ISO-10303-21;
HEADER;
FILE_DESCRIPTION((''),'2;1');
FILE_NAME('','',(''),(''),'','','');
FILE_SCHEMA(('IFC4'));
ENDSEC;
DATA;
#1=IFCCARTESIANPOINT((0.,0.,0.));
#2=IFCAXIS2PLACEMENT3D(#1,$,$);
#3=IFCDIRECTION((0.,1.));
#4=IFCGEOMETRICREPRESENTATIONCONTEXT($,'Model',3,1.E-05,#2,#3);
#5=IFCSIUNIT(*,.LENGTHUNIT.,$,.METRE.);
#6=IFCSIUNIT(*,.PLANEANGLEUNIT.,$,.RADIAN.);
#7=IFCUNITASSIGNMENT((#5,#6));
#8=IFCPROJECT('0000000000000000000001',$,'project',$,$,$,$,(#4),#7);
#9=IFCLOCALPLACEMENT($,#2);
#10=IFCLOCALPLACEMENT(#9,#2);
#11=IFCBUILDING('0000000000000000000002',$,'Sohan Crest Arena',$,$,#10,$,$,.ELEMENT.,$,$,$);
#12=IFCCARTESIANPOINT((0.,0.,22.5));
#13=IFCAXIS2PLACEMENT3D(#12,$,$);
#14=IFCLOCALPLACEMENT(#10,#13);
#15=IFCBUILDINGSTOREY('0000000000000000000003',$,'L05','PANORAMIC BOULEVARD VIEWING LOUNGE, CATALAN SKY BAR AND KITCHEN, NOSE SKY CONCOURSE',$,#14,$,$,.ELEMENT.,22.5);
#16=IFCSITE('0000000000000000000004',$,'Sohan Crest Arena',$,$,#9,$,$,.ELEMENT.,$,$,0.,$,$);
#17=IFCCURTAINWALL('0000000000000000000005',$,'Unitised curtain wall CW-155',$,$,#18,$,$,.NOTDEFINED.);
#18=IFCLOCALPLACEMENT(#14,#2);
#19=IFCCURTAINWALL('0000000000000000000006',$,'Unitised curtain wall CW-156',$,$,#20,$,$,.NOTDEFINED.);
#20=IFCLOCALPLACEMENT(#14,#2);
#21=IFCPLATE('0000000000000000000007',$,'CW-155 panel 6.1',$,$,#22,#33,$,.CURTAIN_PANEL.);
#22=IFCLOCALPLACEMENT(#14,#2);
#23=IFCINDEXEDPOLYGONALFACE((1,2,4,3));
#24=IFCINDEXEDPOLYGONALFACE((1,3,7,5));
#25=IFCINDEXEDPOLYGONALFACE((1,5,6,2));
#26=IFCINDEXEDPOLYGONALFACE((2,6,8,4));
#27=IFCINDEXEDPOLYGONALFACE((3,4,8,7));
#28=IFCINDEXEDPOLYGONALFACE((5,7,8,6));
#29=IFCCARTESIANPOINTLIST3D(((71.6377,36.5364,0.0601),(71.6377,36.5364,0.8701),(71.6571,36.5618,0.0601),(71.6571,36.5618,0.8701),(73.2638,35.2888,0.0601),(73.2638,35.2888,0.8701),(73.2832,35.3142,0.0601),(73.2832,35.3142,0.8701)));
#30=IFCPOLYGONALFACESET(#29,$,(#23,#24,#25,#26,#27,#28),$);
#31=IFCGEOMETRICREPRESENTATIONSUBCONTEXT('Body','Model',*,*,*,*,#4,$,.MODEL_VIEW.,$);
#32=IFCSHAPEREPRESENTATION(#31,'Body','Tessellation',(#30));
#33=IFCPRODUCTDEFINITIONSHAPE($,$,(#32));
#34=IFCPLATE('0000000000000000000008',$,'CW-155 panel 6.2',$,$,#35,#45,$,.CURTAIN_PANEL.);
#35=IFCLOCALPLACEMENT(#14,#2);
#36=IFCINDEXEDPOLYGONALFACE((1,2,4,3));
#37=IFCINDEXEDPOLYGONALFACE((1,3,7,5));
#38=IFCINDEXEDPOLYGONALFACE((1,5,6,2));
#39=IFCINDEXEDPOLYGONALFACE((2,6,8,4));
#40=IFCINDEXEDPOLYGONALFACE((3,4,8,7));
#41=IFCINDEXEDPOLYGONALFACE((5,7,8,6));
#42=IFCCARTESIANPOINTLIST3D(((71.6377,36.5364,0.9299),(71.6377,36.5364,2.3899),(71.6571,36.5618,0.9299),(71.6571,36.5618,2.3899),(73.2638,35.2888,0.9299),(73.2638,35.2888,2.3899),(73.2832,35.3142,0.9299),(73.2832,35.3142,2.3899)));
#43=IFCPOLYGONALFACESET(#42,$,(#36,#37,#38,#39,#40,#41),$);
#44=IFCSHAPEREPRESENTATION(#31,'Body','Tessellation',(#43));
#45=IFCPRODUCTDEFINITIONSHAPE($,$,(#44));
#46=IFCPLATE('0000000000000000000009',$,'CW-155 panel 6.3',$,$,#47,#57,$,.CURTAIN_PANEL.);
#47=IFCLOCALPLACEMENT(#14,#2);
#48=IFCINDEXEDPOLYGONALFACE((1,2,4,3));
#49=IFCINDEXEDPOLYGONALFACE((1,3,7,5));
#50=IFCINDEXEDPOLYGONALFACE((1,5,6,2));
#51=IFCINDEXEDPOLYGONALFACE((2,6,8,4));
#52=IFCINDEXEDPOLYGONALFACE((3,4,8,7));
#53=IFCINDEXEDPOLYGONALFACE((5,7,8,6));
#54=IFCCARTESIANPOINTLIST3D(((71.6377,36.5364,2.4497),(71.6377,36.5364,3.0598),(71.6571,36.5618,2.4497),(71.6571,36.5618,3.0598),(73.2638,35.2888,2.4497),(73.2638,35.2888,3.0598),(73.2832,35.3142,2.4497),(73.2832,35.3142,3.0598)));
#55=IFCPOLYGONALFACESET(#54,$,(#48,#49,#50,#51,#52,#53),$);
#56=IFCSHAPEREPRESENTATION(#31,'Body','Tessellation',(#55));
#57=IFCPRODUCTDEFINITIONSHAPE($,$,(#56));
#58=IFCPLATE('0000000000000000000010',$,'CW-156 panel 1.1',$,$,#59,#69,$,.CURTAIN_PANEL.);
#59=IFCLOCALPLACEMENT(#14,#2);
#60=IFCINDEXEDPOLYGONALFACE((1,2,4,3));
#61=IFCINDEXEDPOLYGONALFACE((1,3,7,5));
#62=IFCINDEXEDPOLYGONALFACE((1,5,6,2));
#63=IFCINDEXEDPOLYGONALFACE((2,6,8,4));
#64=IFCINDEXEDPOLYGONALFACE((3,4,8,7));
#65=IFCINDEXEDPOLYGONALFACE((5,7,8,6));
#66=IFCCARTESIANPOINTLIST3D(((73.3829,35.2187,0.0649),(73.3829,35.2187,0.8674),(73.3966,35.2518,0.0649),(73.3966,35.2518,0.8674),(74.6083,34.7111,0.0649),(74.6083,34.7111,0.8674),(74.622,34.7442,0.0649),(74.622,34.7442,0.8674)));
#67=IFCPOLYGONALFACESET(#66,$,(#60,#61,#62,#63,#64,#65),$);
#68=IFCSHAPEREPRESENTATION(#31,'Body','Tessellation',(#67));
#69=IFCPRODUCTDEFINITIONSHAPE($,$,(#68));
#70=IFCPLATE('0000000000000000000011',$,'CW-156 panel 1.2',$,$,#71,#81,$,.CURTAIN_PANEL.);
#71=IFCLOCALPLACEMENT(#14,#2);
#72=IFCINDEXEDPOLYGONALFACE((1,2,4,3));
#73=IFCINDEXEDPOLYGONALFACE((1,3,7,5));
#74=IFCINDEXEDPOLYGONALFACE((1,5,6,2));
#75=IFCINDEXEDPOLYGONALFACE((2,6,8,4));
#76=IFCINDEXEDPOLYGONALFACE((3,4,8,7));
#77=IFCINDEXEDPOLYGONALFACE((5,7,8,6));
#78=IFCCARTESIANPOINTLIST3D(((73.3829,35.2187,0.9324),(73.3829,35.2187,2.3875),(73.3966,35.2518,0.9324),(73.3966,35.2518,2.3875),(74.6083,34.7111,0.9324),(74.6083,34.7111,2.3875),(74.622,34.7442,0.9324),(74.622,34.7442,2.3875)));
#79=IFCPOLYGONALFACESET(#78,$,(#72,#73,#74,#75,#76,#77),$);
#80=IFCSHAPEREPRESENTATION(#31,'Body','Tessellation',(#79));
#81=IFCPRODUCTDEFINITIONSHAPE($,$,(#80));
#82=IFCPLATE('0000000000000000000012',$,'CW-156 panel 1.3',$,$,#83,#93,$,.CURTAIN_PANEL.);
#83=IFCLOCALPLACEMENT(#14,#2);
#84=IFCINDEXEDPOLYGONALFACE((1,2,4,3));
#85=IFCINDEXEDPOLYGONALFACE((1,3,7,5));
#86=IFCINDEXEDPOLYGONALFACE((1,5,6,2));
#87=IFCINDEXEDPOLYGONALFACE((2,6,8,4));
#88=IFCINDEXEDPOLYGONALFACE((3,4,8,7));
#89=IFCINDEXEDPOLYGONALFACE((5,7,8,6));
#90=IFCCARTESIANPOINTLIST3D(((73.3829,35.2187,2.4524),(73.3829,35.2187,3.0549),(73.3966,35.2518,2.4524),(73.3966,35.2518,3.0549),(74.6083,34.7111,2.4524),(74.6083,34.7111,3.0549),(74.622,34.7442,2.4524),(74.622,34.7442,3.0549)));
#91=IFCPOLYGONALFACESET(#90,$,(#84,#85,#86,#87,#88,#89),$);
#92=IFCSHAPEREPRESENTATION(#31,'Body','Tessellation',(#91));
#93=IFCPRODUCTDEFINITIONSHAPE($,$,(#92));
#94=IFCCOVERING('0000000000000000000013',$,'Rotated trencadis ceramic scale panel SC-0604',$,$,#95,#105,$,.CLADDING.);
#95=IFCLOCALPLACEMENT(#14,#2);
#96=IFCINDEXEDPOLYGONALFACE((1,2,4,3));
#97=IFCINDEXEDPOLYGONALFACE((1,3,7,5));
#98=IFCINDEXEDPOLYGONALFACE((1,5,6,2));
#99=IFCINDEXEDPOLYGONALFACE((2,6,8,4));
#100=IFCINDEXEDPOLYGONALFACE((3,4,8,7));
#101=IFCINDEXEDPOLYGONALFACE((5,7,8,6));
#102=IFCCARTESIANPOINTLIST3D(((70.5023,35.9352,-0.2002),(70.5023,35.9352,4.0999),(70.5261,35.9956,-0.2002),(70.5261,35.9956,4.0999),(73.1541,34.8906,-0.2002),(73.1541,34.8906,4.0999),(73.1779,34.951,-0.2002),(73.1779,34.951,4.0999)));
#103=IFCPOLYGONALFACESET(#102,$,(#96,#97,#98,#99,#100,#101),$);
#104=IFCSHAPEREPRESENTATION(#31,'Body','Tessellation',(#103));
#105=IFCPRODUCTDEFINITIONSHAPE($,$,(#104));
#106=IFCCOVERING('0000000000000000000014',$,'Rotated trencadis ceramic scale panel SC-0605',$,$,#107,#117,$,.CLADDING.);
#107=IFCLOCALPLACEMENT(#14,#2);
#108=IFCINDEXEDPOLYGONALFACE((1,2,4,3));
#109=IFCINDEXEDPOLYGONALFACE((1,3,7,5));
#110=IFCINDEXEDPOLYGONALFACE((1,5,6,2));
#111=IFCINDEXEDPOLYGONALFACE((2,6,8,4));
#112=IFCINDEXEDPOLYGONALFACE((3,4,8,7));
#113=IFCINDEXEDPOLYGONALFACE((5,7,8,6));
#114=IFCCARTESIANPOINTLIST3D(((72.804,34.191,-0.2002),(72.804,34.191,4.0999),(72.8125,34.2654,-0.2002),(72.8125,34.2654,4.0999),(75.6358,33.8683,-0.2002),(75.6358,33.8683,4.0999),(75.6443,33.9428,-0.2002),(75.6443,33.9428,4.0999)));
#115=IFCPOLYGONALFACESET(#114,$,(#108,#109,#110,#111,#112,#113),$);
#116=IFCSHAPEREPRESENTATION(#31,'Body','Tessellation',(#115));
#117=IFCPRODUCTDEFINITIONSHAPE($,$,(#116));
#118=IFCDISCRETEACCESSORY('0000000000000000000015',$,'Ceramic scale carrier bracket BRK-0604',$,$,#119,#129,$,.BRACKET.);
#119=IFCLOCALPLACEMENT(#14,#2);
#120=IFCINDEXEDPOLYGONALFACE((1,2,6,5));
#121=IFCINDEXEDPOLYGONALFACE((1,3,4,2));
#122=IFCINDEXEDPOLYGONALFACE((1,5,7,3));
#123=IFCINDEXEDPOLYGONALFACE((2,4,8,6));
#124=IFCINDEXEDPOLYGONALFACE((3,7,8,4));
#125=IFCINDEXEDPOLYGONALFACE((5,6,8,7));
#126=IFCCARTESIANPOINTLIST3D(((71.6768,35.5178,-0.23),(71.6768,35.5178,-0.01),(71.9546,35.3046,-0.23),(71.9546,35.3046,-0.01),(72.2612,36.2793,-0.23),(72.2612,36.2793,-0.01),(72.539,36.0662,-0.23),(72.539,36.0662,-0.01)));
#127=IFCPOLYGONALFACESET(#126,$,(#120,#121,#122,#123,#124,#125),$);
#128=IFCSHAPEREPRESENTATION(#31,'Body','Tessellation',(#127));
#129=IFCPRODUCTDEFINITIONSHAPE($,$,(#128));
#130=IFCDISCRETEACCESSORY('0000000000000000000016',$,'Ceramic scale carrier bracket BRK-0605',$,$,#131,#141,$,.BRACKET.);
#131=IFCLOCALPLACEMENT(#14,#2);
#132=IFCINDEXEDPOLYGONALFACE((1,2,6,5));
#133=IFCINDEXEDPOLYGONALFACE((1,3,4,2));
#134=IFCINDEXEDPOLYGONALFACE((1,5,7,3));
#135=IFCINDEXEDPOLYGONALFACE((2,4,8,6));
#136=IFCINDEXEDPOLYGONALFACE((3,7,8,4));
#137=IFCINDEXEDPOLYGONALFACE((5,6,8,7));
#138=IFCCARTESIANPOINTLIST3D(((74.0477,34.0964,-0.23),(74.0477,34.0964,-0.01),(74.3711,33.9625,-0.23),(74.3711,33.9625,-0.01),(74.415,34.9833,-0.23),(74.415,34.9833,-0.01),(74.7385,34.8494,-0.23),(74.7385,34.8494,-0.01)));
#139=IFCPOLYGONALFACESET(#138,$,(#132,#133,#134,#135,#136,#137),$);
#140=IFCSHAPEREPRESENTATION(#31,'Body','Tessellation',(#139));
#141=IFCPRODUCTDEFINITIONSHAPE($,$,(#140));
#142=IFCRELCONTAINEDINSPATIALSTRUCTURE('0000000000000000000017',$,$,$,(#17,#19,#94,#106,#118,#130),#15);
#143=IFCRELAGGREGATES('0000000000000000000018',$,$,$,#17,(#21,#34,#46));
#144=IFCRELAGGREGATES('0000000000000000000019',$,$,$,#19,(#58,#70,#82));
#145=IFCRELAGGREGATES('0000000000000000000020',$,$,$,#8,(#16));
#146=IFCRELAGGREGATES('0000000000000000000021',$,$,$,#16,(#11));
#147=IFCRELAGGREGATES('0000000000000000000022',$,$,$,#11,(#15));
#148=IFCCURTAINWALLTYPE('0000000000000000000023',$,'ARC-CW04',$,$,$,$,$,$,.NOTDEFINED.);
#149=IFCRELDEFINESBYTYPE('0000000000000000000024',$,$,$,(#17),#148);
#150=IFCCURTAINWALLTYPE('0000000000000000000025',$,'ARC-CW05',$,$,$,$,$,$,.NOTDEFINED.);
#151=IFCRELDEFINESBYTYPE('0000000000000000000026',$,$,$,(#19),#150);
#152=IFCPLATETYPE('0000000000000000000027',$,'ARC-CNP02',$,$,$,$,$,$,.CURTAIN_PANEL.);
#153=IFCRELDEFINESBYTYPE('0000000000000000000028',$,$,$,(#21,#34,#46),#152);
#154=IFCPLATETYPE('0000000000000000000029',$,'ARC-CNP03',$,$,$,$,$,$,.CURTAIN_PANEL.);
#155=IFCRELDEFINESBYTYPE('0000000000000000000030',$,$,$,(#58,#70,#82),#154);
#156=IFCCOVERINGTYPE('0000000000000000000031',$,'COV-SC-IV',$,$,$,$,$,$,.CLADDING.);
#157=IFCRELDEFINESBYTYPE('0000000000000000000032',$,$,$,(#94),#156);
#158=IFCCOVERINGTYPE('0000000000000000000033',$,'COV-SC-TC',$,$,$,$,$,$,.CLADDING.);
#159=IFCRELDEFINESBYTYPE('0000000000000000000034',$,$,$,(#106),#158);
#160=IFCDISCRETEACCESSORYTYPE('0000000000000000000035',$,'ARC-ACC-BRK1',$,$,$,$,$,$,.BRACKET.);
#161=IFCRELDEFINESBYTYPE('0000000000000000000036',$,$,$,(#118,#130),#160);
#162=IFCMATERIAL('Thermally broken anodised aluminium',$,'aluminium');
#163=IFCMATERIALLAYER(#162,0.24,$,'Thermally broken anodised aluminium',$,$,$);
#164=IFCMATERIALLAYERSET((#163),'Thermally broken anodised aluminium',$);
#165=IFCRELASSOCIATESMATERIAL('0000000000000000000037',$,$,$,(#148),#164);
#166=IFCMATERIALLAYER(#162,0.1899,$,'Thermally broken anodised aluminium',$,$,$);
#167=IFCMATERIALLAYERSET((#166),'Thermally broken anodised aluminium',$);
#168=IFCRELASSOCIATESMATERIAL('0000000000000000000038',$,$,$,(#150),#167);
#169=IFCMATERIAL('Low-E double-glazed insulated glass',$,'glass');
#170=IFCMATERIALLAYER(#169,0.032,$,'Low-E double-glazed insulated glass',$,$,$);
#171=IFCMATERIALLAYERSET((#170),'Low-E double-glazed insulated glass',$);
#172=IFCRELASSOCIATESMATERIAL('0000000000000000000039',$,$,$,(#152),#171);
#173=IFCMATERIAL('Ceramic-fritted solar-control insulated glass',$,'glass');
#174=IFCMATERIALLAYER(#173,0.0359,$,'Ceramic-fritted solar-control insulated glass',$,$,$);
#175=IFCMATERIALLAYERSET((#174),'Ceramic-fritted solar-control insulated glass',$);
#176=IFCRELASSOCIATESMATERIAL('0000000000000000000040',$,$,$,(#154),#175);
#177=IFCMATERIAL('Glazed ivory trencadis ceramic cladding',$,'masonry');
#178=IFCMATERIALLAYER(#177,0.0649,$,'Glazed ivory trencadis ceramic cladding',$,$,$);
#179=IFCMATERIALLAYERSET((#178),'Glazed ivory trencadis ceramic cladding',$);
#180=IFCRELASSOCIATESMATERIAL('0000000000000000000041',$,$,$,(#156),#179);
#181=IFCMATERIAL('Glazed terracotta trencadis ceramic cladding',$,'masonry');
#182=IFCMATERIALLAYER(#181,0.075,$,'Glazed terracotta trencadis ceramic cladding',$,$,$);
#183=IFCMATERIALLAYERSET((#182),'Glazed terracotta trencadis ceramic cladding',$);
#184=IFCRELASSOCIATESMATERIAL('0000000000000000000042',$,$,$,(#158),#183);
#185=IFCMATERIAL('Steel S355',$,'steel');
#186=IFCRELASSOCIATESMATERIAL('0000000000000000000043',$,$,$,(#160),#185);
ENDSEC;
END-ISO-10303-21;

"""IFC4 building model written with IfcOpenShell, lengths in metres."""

from ifc_helpers import new_model, si_unit, direction, frame, origin, origin_2d, place, context, subcontext, project, spatial, rectangle, extrude, material, layer, layer_set, type_object, element, aggregate, save


model = new_model("IFC4")

# Units and contexts
model_context = context("Model", 3, precision=1e-05, world=origin(), true_north=direction((0.0, 1.0)))
body_context = subcontext(model_context, "Body", "Model", "MODEL_VIEW")
ifc_project = project(units=[si_unit("LENGTHUNIT", "METRE"), si_unit("PLANEANGLEUNIT", "RADIAN")], contexts=[model_context])

# Site, building, storey
site_placement = place(None, origin())
site = spatial("IfcSite", under=ifc_project, at=site_placement, Name="Sohan Crest Arena", CompositionType="ELEMENT", RefElevation=0.0)
building_placement = place(site_placement, origin())
building = spatial("IfcBuilding", under=site, at=building_placement, Name="Sohan Crest Arena", CompositionType="ELEMENT")
storey_placement = place(building_placement, frame((0.0, 0.0, 22.5)))
storey = spatial("IfcBuildingStorey", under=building, at=storey_placement, Name="L05", Description="PANORAMIC BOULEVARD VIEWING LOUNGE, CATALAN SKY BAR AND KITCHEN, NOSE SKY CONCOURSE", CompositionType="ELEMENT", Elevation=22.5)

# Shared definitions
ifc_material_1 = material(Name="Steel S355", Category="steel")

# Curtain wall
ifc_material_2 = material(Name="Thermally broken anodised aluminium", Category="aluminium")
ifc_layer_1 = layer(ifc_material_2, 0.24, Name="Thermally broken anodised aluminium")
ifc_layer_set_1 = layer_set([ifc_layer_1], Name="Thermally broken anodised aluminium")
curtain_wall_type_1 = type_object("IfcCurtainWallType", Name="ARC-CW04", PredefinedType="NOTDEFINED", material=ifc_layer_set_1)
curtain_wall_1_placement = place(storey_placement, origin())
curtain_wall_1 = element("IfcCurtainWall", 1, at=curtain_wall_1_placement, inside=storey, type_object=curtain_wall_type_1, Name="Unitised curtain wall CW-155", PredefinedType="NOTDEFINED")

# Curtain wall
ifc_layer_2 = layer(ifc_material_2, 0.1899, Name="Thermally broken anodised aluminium")
ifc_layer_set_2 = layer_set([ifc_layer_2], Name="Thermally broken anodised aluminium")
curtain_wall_type_2 = type_object("IfcCurtainWallType", Name="ARC-CW05", PredefinedType="NOTDEFINED", material=ifc_layer_set_2)
curtain_wall_2_placement = place(storey_placement, origin())
curtain_wall_2 = element("IfcCurtainWall", 2, at=curtain_wall_2_placement, inside=storey, type_object=curtain_wall_type_2, Name="Unitised curtain wall CW-156", PredefinedType="NOTDEFINED")

# Plates
ifc_material_3 = material(Name="Low-E double-glazed insulated glass", Category="glass")
ifc_layer_3 = layer(ifc_material_3, 0.032, Name="Low-E double-glazed insulated glass")
ifc_layer_set_3 = layer_set([ifc_layer_3], Name="Low-E double-glazed insulated glass")
plate_type_1 = type_object("IfcPlateType", Name="ARC-CNP02", PredefinedType="CURTAIN_PANEL", material=ifc_layer_set_3)
plate_1_placement = place(storey_placement, frame((72.4604, 35.9253, 0.0601), z_axis=(0.0, 0.0, 1.0), x_axis=(0.793385, -0.60872, 0.0)))
plate_1 = element("IfcPlate", 3, at=plate_1_placement, type_object=plate_type_1, Name="CW-155 panel 6.1", PredefinedType="CURTAIN_PANEL", context=body_context, shape_type="SweptSolid", body=[
    extrude(rectangle(XDim=2.0496, YDim=0.032, at=origin_2d()), origin(), (0.0, 0.0, 1.0), 0.8101),
])
plate_2_placement = place(storey_placement, frame((72.4604, 35.9253, 0.9299), z_axis=(0.0, 0.0, 1.0), x_axis=(0.793385, -0.60872, 0.0)))
plate_2 = element("IfcPlate", 4, at=plate_2_placement, type_object=plate_type_1, Name="CW-155 panel 6.2", PredefinedType="CURTAIN_PANEL", context=body_context, shape_type="SweptSolid", body=[
    extrude(rectangle(XDim=2.0496, YDim=0.032, at=origin_2d()), origin(), (0.0, 0.0, 1.0), 1.46),
])
plate_3_placement = place(storey_placement, frame((72.4604, 35.9253, 2.4497), z_axis=(0.0, 0.0, 1.0), x_axis=(0.793385, -0.60872, 0.0)))
plate_3 = element("IfcPlate", 5, at=plate_3_placement, type_object=plate_type_1, Name="CW-155 panel 6.3", PredefinedType="CURTAIN_PANEL", context=body_context, shape_type="SweptSolid", body=[
    extrude(rectangle(XDim=2.0496, YDim=0.032, at=origin_2d()), origin(), (0.0, 0.0, 1.0), 0.6101),
])
aggregate(curtain_wall_1, [plate_1, plate_2, plate_3])
ifc_material_4 = material(Name="Ceramic-fritted solar-control insulated glass", Category="glass")
ifc_layer_4 = layer(ifc_material_4, 0.0359, Name="Ceramic-fritted solar-control insulated glass")
ifc_layer_set_4 = layer_set([ifc_layer_4], Name="Ceramic-fritted solar-control insulated glass")
plate_type_2 = type_object("IfcPlateType", Name="ARC-CNP03", PredefinedType="CURTAIN_PANEL", material=ifc_layer_set_4)
plate_4_placement = place(storey_placement, frame((74.0024, 34.9814, 0.0649), z_axis=(0.0, 0.0, 1.0), x_axis=(0.923879, -0.382685, 0.0)))
plate_4 = element("IfcPlate", 6, at=plate_4_placement, type_object=plate_type_2, Name="CW-156 panel 1.1", PredefinedType="CURTAIN_PANEL", context=body_context, shape_type="SweptSolid", body=[
    extrude(rectangle(XDim=1.3264, YDim=0.0359, at=origin_2d()), origin(), (0.0, 0.0, 1.0), 0.8025),
])
plate_5_placement = place(storey_placement, frame((74.0024, 34.9814, 0.9324), z_axis=(0.0, 0.0, 1.0), x_axis=(0.923879, -0.382685, 0.0)))
plate_5 = element("IfcPlate", 7, at=plate_5_placement, type_object=plate_type_2, Name="CW-156 panel 1.2", PredefinedType="CURTAIN_PANEL", context=body_context, shape_type="SweptSolid", body=[
    extrude(rectangle(XDim=1.3264, YDim=0.0359, at=origin_2d()), origin(), (0.0, 0.0, 1.0), 1.4551),
])
plate_6_placement = place(storey_placement, frame((74.0024, 34.9814, 2.4524), z_axis=(0.0, 0.0, 1.0), x_axis=(0.923879, -0.382685, 0.0)))
plate_6 = element("IfcPlate", 8, at=plate_6_placement, type_object=plate_type_2, Name="CW-156 panel 1.3", PredefinedType="CURTAIN_PANEL", context=body_context, shape_type="SweptSolid", body=[
    extrude(rectangle(XDim=1.3264, YDim=0.0359, at=origin_2d()), origin(), (0.0, 0.0, 1.0), 0.6025),
])
aggregate(curtain_wall_2, [plate_4, plate_5, plate_6])

# Coverings
ifc_material_5 = material(Name="Glazed ivory trencadis ceramic cladding", Category="masonry")
ifc_layer_5 = layer(ifc_material_5, 0.0649, Name="Glazed ivory trencadis ceramic cladding")
ifc_layer_set_5 = layer_set([ifc_layer_5], Name="Glazed ivory trencadis ceramic cladding")
covering_type_1 = type_object("IfcCoveringType", Name="COV-SC-IV", PredefinedType="CLADDING", material=ifc_layer_set_5)
covering_1_placement = place(storey_placement, frame((71.8401, 35.4431, -0.2002), z_axis=(0.0, 0.0, 1.0), x_axis=(0.930418, -0.366501, 0.0)))
element("IfcCovering", 9, at=covering_1_placement, inside=storey, type_object=covering_type_1, Name="Rotated trencadis ceramic scale panel SC-0604", PredefinedType="CLADDING", context=body_context, shape_type="SweptSolid", body=[
    extrude(rectangle(XDim=2.8501, YDim=0.0649, at=origin_2d()), origin(), (0.0, 0.0, 1.0), 4.3),
])
ifc_material_6 = material(Name="Glazed terracotta trencadis ceramic cladding", Category="masonry")
ifc_layer_6 = layer(ifc_material_6, 0.075, Name="Glazed terracotta trencadis ceramic cladding")
ifc_layer_set_6 = layer_set([ifc_layer_6], Name="Glazed terracotta trencadis ceramic cladding")
covering_type_2 = type_object("IfcCoveringType", Name="COV-SC-TC", PredefinedType="CLADDING", material=ifc_layer_set_6)
covering_2_placement = place(storey_placement, frame((74.2241, 34.0669, -0.2002), z_axis=(0.0, 0.0, 1.0), x_axis=(0.993572, -0.113203, 0.0)))
element("IfcCovering", 10, at=covering_2_placement, inside=storey, type_object=covering_type_2, Name="Rotated trencadis ceramic scale panel SC-0605", PredefinedType="CLADDING", context=body_context, shape_type="SweptSolid", body=[
    extrude(rectangle(XDim=2.8501, YDim=0.075, at=origin_2d()), origin(), (0.0, 0.0, 1.0), 4.3),
])

# Discrete accessories
discrete_accessory_type = type_object("IfcDiscreteAccessoryType", Name="ARC-ACC-BRK1", PredefinedType="BRACKET", material=ifc_material_1)
for number, where, z_axis, x_axis, name in (
    (11, (72.1079, 35.792, -0.23), (0.0, 0.0, 1.0), (0.793353, -0.608761, 0.0), "Ceramic scale carrier bracket BRK-0604"),
    (12, (74.3931, 34.4729, -0.23), (0.0, 0.0, 1.0), (0.92388, -0.382683, 0.0), "Ceramic scale carrier bracket BRK-0605"),
):
    element("IfcDiscreteAccessory", number, at=place(storey_placement, frame(where, z_axis=z_axis, x_axis=x_axis)), inside=storey, type_object=discrete_accessory_type, Name=name, PredefinedType="BRACKET", context=body_context, shape_type="SweptSolid", body=[
        extrude(rectangle(XDim=0.3501, YDim=0.96, at=origin_2d()), origin(), (0.0, 0.0, 1.0), 0.22),
    ])

save(model, "model.ifc")
